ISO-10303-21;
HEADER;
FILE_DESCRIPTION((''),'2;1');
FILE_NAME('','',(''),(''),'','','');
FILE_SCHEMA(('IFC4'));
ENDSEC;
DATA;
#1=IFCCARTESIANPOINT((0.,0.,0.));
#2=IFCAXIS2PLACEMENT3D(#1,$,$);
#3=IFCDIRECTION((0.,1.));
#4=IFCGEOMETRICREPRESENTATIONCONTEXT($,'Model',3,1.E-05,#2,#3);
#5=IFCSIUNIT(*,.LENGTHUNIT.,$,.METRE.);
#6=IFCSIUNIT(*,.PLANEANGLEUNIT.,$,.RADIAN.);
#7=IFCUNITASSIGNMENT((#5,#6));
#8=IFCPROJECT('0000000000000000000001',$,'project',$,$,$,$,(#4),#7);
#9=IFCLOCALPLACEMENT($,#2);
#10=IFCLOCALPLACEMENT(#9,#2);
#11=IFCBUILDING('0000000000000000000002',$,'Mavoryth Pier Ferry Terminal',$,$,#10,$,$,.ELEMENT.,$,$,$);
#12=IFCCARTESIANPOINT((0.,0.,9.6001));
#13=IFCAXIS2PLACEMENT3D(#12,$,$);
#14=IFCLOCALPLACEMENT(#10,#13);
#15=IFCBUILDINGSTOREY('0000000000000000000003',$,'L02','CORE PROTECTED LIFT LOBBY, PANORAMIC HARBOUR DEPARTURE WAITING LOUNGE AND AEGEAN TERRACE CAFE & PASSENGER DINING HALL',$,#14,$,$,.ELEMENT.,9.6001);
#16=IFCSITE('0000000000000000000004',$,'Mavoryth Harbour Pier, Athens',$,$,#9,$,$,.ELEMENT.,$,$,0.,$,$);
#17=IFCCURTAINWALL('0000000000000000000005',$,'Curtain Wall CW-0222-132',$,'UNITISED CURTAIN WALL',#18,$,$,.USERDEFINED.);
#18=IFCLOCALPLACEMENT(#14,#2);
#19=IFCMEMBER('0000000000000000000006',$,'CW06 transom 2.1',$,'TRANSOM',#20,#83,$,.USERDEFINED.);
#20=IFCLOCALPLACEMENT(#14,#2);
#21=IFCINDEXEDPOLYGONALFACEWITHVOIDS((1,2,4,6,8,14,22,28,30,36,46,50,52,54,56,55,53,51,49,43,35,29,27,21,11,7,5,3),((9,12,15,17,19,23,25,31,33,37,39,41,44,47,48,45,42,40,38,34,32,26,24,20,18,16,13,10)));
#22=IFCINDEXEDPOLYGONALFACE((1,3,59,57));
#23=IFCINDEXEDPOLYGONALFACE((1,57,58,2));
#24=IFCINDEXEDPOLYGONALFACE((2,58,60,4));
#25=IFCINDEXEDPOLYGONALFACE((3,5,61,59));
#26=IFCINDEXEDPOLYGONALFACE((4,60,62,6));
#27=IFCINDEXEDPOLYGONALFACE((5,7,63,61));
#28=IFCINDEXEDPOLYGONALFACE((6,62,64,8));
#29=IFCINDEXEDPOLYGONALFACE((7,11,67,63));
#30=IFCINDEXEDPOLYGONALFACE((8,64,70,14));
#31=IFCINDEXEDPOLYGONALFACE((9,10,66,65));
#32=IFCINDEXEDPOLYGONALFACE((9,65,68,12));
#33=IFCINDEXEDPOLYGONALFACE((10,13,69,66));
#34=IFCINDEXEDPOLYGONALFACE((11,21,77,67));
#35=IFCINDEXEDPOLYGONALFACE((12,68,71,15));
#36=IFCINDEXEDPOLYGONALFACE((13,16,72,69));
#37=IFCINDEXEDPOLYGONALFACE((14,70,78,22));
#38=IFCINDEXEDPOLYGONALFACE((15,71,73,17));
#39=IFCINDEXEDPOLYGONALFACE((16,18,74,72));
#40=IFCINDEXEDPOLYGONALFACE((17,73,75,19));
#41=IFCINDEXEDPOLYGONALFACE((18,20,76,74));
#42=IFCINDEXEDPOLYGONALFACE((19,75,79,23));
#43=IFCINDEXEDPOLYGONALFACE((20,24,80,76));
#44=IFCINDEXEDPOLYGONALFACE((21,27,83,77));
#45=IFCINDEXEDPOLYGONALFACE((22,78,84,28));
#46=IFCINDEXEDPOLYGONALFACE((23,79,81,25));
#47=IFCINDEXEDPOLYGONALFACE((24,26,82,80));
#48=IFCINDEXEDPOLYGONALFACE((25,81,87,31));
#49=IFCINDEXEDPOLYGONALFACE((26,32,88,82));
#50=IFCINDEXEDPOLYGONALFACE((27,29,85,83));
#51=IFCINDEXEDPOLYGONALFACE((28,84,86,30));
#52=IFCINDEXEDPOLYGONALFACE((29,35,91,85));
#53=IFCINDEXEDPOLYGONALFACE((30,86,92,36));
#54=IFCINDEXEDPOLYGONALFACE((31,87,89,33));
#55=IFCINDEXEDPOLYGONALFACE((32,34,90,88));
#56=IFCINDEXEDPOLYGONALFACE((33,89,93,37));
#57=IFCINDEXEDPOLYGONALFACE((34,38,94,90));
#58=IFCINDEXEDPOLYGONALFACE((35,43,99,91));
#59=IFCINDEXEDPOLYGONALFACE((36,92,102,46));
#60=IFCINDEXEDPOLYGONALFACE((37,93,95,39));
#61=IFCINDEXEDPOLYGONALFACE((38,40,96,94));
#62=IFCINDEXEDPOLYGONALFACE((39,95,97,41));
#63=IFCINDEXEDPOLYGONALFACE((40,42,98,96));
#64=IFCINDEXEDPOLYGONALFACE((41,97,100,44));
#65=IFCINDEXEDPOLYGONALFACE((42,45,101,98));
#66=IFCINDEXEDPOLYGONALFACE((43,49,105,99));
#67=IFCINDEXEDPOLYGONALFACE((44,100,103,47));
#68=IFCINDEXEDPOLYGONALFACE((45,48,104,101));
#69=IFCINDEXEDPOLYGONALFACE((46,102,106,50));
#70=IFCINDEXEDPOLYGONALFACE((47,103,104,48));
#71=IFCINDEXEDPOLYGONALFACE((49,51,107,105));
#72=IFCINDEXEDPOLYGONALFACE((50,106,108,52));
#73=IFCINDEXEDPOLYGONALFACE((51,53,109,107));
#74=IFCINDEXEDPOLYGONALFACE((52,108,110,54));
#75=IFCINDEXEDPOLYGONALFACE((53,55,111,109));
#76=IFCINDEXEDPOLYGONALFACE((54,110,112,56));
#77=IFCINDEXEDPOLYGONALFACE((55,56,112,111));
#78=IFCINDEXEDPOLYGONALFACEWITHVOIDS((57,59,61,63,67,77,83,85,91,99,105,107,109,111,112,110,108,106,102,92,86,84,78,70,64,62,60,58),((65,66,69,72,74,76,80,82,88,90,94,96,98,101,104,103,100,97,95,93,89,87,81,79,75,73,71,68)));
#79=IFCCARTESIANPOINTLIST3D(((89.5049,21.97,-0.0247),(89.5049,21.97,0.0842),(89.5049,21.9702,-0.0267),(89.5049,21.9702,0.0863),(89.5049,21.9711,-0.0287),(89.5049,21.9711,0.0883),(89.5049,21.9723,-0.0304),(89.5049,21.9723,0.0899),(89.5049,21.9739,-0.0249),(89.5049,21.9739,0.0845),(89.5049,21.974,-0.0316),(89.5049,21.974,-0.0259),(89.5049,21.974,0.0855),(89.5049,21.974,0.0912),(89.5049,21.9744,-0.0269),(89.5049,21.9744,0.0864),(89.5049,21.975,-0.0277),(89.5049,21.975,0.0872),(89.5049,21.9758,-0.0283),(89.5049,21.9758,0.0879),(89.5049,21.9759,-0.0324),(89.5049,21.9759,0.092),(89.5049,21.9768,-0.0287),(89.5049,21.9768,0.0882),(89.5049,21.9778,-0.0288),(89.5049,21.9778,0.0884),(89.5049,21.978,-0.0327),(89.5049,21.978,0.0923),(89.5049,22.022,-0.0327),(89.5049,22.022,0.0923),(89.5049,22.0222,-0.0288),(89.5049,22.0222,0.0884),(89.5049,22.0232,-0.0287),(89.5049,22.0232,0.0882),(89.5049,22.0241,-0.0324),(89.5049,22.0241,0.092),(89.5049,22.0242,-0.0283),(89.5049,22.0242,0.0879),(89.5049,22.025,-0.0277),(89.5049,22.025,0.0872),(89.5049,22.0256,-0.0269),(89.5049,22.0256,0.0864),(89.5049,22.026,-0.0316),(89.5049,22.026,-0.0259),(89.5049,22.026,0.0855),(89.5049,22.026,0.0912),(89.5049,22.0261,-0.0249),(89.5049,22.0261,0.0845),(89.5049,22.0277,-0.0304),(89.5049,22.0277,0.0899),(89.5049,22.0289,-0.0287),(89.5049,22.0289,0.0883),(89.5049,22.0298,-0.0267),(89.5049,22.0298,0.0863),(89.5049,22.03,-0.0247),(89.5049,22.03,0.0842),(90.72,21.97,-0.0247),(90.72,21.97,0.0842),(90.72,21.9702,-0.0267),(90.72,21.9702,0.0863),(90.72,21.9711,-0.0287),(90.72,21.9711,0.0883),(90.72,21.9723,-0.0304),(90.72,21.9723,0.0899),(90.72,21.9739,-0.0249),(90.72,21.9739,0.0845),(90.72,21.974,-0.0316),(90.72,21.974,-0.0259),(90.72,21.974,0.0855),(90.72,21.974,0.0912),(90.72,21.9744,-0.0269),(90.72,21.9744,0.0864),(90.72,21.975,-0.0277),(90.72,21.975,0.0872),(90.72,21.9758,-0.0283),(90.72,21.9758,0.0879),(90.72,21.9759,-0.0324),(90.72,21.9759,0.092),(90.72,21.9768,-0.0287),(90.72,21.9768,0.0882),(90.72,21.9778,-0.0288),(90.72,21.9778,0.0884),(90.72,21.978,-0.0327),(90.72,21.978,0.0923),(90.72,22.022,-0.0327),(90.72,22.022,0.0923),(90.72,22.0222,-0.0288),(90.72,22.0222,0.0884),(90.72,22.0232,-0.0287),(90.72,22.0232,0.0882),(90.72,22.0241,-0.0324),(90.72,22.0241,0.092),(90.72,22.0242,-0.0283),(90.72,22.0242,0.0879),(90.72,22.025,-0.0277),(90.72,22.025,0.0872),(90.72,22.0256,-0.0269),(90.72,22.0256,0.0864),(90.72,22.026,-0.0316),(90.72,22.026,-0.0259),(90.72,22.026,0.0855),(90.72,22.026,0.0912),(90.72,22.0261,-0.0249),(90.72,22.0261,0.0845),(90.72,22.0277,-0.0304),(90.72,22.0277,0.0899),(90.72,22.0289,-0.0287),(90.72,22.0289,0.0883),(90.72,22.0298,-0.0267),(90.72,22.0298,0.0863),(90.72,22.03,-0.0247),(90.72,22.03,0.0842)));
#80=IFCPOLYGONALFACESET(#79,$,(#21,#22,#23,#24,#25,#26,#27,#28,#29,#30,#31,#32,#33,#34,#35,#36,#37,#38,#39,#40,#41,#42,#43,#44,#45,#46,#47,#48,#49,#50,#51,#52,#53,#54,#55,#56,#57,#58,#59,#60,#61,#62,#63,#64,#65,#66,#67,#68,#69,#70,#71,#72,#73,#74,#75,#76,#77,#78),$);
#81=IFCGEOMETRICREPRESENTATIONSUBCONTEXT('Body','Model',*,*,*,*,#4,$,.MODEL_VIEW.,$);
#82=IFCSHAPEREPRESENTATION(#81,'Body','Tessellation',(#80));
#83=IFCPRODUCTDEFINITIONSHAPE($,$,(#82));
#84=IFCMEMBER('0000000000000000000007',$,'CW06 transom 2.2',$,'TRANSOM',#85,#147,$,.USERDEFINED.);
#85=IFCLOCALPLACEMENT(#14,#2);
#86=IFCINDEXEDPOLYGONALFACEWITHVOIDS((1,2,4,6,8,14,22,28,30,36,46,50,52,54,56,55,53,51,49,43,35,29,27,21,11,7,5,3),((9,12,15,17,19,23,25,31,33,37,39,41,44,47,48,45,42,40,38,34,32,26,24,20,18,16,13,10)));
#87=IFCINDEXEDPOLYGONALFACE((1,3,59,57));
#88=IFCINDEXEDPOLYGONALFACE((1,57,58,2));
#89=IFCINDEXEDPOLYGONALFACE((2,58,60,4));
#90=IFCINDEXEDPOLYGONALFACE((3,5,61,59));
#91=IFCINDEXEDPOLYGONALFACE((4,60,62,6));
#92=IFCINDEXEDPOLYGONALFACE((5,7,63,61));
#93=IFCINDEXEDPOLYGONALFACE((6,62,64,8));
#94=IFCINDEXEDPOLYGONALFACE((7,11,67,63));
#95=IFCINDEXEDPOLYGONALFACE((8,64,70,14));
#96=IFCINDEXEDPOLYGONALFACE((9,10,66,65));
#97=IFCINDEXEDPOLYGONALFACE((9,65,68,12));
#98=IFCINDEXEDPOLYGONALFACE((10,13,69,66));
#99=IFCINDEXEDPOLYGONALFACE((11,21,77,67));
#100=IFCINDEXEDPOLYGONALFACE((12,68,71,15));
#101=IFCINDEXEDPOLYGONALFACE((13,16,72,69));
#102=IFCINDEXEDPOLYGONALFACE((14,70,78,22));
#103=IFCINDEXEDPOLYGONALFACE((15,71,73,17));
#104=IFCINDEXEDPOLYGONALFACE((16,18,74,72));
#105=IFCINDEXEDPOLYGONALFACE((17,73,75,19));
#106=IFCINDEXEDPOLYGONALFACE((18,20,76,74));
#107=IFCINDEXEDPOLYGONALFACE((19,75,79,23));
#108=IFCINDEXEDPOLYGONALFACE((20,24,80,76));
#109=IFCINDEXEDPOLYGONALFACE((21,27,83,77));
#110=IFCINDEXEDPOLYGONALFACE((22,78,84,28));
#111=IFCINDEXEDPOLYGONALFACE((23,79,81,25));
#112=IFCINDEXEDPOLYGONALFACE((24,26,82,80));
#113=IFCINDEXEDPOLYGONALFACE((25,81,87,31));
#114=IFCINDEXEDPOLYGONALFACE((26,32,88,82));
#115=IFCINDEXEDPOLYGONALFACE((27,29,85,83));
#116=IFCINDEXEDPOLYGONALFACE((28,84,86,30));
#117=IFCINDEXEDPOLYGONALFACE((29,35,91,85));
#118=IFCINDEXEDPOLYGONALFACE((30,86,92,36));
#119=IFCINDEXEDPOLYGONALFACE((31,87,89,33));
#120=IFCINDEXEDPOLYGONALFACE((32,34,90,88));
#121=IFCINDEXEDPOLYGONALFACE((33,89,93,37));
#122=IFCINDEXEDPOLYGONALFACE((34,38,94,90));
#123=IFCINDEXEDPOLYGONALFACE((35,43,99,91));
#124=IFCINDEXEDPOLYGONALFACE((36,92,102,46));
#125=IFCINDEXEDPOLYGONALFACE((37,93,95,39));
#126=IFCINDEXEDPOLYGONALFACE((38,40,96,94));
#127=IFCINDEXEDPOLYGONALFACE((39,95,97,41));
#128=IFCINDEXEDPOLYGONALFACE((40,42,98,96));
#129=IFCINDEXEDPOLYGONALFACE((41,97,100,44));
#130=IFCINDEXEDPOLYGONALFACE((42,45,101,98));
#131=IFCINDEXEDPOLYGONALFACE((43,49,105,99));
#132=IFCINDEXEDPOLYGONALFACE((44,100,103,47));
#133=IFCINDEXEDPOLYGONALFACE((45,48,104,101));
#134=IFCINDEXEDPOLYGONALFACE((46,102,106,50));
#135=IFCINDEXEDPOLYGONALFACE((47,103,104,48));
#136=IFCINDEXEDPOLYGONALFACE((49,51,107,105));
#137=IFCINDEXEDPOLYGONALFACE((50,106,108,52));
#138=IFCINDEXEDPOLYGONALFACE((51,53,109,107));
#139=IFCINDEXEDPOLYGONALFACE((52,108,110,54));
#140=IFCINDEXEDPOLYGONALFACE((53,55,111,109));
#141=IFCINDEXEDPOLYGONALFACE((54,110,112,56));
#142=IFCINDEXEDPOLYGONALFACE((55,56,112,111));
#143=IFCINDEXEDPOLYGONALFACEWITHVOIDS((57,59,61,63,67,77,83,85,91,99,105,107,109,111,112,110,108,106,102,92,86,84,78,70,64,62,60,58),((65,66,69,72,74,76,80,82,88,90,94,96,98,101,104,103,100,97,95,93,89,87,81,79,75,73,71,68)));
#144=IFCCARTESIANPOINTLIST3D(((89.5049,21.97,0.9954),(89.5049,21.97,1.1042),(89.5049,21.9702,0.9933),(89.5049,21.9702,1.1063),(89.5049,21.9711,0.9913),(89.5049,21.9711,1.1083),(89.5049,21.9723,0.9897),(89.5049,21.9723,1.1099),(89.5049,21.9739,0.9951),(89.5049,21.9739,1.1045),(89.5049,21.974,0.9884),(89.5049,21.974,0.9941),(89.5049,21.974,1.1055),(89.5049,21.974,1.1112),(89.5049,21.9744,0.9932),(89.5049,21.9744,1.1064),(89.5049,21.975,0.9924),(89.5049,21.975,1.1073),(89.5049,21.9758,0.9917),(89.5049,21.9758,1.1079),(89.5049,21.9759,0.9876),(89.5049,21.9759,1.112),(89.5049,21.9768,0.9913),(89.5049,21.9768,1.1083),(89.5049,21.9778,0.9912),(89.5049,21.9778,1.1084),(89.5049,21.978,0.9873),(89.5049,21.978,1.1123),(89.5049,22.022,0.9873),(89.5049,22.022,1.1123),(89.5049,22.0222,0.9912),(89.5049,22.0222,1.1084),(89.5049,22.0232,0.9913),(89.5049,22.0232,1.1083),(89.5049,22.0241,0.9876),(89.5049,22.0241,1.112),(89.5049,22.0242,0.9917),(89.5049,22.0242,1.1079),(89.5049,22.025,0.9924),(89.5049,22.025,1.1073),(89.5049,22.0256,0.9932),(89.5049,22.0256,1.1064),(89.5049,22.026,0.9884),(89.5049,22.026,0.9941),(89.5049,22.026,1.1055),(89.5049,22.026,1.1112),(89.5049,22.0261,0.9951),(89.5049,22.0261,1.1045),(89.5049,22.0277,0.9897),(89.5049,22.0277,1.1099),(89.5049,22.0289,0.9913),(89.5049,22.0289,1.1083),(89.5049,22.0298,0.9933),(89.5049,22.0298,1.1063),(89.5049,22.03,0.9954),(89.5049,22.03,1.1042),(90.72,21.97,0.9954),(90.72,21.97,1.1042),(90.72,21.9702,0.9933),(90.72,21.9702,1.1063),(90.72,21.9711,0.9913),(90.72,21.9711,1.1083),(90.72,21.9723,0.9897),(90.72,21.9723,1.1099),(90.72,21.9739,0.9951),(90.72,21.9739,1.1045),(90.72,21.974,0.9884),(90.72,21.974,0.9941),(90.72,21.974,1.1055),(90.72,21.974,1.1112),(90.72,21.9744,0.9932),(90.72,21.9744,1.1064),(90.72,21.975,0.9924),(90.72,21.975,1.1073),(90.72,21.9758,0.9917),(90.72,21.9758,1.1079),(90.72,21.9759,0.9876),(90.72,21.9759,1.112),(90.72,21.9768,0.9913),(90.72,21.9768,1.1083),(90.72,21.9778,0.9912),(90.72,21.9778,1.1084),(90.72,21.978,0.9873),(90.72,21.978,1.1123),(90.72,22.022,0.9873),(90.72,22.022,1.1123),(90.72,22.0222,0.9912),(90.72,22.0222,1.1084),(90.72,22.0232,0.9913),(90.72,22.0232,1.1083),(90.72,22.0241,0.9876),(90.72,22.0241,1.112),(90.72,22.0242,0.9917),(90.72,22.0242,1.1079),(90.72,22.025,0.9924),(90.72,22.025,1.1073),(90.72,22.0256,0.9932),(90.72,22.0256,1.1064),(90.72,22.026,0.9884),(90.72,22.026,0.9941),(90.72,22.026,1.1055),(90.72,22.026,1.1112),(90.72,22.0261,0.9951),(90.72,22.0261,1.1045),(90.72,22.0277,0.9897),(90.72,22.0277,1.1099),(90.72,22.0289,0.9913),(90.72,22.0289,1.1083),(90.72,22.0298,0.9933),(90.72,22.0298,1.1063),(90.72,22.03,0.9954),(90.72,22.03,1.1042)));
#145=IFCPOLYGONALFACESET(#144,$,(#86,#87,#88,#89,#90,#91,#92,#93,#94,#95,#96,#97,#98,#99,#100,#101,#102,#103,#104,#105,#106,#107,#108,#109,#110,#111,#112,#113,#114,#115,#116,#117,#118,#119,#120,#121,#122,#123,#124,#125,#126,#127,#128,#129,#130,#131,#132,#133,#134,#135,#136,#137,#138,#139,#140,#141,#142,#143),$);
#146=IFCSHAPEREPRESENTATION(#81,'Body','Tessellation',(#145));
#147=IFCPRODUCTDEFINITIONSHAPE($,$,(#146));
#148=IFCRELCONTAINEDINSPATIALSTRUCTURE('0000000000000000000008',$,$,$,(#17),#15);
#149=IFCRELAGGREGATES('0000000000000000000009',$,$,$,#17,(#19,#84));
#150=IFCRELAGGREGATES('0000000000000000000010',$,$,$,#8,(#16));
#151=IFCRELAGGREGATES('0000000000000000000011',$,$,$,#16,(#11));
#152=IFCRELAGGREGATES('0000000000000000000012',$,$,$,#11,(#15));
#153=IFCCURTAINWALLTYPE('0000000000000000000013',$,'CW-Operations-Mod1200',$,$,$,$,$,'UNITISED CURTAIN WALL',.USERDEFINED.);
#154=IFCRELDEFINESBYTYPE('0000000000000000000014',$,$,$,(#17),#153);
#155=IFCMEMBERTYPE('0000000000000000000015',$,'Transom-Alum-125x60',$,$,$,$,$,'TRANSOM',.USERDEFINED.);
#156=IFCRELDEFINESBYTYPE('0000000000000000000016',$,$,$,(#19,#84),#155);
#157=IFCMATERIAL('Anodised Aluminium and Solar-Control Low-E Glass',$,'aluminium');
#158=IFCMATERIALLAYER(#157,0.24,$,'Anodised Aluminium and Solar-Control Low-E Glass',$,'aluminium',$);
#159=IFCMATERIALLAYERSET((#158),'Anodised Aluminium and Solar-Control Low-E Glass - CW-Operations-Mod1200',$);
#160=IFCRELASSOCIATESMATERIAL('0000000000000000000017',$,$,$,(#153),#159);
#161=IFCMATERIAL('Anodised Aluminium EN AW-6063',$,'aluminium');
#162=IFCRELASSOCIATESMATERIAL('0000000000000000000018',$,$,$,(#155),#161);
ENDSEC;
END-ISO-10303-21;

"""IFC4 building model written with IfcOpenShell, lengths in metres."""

from ifc_helpers import new_model, si_unit, direction, frame, origin, origin_2d, place, context, subcontext, project, spatial, hollow_rectangle, extrude, material, layer, layer_set, material_profile, profile_set, type_object, element, aggregate, save


model = new_model("IFC4")

# Units and contexts
model_context = context("Model", 3, precision=1e-05, world=origin(), true_north=direction((0.0, 1.0)))
body_context = subcontext(model_context, "Body", "Model", "MODEL_VIEW")
ifc_project = project(units=[si_unit("LENGTHUNIT", "METRE"), si_unit("PLANEANGLEUNIT", "RADIAN")], contexts=[model_context])

# Site, building, storey
site_placement = place(None, origin())
site = spatial("IfcSite", under=ifc_project, at=site_placement, Name="Mavoryth Harbour Pier, Athens", CompositionType="ELEMENT", RefElevation=0.0)
building_placement = place(site_placement, origin())
building = spatial("IfcBuilding", under=site, at=building_placement, Name="Mavoryth Pier Ferry Terminal", CompositionType="ELEMENT")
storey_placement = place(building_placement, frame((0.0, 0.0, 9.6001)))
storey = spatial("IfcBuildingStorey", under=building, at=storey_placement, Name="L02", Description="CORE PROTECTED LIFT LOBBY, PANORAMIC HARBOUR DEPARTURE WAITING LOUNGE AND AEGEAN TERRACE CAFE & PASSENGER DINING HALL", CompositionType="ELEMENT", Elevation=9.6001)

# Curtain wall
ifc_material_1 = material(Name="Anodised Aluminium and Solar-Control Low-E Glass", Category="aluminium")
ifc_layer_1 = layer(ifc_material_1, 0.24, Name="Anodised Aluminium and Solar-Control Low-E Glass", Category="aluminium")
ifc_layer_set_1 = layer_set([ifc_layer_1], Name="Anodised Aluminium and Solar-Control Low-E Glass - CW-Operations-Mod1200")
curtain_wall_type = type_object("IfcCurtainWallType", Name="CW-Operations-Mod1200", ElementType="UNITISED CURTAIN WALL", PredefinedType="USERDEFINED", material=ifc_layer_set_1)
curtain_wall_placement = place(storey_placement, origin())
curtain_wall = element("IfcCurtainWall", 1, at=curtain_wall_placement, inside=storey, type_object=curtain_wall_type, Name="Curtain Wall CW-0222-132", ObjectType="UNITISED CURTAIN WALL", PredefinedType="USERDEFINED")
ifc_material_2 = material(Name="Anodised Aluminium EN AW-6063", Category="aluminium")

# Members
ifc_material_profile_1 = material_profile(ifc_material_2, hollow_rectangle(XDim=0.0601, YDim=0.125, WallThickness=0.0039, InnerFilletRadius=0.0039, OuterFilletRadius=0.0081, at=origin_2d()), Name="AL-TRAN 125x60x4", Category="aluminium")
ifc_profile_set_1 = profile_set([ifc_material_profile_1], Name="Anodised Aluminium EN AW-6063 - AL-TRAN 125x60x4")
member_type_1 = type_object("IfcMemberType", Name="Transom-Alum-125x60", ElementType="TRANSOM", PredefinedType="USERDEFINED", material=ifc_profile_set_1)
member_1_placement = place(storey_placement, frame((90.72, 22.0, 0.0298), z_axis=(-1.0, 0.0, 0.0), x_axis=(0.0, -1.0, 0.0)))
member_1 = element("IfcMember", 2, at=member_1_placement, type_object=member_type_1, Name="CW06 transom 2.1", ObjectType="TRANSOM", PredefinedType="USERDEFINED", context=body_context, shape_type="SweptSolid", body=[
    extrude(hollow_rectangle(XDim=0.0601, YDim=0.125, WallThickness=0.0039, InnerFilletRadius=0.0039, OuterFilletRadius=0.0081, at=origin_2d()), origin(), (0.0, 0.0, 1.0), 1.2151),
])
member_2_placement = place(storey_placement, frame((90.72, 22.0, 1.0498), z_axis=(-1.0, 0.0, 0.0), x_axis=(0.0, -1.0, 0.0)))
member_2 = element("IfcMember", 3, at=member_2_placement, type_object=member_type_1, Name="CW06 transom 2.2", ObjectType="TRANSOM", PredefinedType="USERDEFINED", context=body_context, shape_type="SweptSolid", body=[
    extrude(hollow_rectangle(XDim=0.0601, YDim=0.125, WallThickness=0.0039, InnerFilletRadius=0.0039, OuterFilletRadius=0.0081, at=origin_2d()), origin(), (0.0, 0.0, 1.0), 1.2151),
])

aggregate(curtain_wall, [member_1, member_2])

save(model, "model.ifc")
